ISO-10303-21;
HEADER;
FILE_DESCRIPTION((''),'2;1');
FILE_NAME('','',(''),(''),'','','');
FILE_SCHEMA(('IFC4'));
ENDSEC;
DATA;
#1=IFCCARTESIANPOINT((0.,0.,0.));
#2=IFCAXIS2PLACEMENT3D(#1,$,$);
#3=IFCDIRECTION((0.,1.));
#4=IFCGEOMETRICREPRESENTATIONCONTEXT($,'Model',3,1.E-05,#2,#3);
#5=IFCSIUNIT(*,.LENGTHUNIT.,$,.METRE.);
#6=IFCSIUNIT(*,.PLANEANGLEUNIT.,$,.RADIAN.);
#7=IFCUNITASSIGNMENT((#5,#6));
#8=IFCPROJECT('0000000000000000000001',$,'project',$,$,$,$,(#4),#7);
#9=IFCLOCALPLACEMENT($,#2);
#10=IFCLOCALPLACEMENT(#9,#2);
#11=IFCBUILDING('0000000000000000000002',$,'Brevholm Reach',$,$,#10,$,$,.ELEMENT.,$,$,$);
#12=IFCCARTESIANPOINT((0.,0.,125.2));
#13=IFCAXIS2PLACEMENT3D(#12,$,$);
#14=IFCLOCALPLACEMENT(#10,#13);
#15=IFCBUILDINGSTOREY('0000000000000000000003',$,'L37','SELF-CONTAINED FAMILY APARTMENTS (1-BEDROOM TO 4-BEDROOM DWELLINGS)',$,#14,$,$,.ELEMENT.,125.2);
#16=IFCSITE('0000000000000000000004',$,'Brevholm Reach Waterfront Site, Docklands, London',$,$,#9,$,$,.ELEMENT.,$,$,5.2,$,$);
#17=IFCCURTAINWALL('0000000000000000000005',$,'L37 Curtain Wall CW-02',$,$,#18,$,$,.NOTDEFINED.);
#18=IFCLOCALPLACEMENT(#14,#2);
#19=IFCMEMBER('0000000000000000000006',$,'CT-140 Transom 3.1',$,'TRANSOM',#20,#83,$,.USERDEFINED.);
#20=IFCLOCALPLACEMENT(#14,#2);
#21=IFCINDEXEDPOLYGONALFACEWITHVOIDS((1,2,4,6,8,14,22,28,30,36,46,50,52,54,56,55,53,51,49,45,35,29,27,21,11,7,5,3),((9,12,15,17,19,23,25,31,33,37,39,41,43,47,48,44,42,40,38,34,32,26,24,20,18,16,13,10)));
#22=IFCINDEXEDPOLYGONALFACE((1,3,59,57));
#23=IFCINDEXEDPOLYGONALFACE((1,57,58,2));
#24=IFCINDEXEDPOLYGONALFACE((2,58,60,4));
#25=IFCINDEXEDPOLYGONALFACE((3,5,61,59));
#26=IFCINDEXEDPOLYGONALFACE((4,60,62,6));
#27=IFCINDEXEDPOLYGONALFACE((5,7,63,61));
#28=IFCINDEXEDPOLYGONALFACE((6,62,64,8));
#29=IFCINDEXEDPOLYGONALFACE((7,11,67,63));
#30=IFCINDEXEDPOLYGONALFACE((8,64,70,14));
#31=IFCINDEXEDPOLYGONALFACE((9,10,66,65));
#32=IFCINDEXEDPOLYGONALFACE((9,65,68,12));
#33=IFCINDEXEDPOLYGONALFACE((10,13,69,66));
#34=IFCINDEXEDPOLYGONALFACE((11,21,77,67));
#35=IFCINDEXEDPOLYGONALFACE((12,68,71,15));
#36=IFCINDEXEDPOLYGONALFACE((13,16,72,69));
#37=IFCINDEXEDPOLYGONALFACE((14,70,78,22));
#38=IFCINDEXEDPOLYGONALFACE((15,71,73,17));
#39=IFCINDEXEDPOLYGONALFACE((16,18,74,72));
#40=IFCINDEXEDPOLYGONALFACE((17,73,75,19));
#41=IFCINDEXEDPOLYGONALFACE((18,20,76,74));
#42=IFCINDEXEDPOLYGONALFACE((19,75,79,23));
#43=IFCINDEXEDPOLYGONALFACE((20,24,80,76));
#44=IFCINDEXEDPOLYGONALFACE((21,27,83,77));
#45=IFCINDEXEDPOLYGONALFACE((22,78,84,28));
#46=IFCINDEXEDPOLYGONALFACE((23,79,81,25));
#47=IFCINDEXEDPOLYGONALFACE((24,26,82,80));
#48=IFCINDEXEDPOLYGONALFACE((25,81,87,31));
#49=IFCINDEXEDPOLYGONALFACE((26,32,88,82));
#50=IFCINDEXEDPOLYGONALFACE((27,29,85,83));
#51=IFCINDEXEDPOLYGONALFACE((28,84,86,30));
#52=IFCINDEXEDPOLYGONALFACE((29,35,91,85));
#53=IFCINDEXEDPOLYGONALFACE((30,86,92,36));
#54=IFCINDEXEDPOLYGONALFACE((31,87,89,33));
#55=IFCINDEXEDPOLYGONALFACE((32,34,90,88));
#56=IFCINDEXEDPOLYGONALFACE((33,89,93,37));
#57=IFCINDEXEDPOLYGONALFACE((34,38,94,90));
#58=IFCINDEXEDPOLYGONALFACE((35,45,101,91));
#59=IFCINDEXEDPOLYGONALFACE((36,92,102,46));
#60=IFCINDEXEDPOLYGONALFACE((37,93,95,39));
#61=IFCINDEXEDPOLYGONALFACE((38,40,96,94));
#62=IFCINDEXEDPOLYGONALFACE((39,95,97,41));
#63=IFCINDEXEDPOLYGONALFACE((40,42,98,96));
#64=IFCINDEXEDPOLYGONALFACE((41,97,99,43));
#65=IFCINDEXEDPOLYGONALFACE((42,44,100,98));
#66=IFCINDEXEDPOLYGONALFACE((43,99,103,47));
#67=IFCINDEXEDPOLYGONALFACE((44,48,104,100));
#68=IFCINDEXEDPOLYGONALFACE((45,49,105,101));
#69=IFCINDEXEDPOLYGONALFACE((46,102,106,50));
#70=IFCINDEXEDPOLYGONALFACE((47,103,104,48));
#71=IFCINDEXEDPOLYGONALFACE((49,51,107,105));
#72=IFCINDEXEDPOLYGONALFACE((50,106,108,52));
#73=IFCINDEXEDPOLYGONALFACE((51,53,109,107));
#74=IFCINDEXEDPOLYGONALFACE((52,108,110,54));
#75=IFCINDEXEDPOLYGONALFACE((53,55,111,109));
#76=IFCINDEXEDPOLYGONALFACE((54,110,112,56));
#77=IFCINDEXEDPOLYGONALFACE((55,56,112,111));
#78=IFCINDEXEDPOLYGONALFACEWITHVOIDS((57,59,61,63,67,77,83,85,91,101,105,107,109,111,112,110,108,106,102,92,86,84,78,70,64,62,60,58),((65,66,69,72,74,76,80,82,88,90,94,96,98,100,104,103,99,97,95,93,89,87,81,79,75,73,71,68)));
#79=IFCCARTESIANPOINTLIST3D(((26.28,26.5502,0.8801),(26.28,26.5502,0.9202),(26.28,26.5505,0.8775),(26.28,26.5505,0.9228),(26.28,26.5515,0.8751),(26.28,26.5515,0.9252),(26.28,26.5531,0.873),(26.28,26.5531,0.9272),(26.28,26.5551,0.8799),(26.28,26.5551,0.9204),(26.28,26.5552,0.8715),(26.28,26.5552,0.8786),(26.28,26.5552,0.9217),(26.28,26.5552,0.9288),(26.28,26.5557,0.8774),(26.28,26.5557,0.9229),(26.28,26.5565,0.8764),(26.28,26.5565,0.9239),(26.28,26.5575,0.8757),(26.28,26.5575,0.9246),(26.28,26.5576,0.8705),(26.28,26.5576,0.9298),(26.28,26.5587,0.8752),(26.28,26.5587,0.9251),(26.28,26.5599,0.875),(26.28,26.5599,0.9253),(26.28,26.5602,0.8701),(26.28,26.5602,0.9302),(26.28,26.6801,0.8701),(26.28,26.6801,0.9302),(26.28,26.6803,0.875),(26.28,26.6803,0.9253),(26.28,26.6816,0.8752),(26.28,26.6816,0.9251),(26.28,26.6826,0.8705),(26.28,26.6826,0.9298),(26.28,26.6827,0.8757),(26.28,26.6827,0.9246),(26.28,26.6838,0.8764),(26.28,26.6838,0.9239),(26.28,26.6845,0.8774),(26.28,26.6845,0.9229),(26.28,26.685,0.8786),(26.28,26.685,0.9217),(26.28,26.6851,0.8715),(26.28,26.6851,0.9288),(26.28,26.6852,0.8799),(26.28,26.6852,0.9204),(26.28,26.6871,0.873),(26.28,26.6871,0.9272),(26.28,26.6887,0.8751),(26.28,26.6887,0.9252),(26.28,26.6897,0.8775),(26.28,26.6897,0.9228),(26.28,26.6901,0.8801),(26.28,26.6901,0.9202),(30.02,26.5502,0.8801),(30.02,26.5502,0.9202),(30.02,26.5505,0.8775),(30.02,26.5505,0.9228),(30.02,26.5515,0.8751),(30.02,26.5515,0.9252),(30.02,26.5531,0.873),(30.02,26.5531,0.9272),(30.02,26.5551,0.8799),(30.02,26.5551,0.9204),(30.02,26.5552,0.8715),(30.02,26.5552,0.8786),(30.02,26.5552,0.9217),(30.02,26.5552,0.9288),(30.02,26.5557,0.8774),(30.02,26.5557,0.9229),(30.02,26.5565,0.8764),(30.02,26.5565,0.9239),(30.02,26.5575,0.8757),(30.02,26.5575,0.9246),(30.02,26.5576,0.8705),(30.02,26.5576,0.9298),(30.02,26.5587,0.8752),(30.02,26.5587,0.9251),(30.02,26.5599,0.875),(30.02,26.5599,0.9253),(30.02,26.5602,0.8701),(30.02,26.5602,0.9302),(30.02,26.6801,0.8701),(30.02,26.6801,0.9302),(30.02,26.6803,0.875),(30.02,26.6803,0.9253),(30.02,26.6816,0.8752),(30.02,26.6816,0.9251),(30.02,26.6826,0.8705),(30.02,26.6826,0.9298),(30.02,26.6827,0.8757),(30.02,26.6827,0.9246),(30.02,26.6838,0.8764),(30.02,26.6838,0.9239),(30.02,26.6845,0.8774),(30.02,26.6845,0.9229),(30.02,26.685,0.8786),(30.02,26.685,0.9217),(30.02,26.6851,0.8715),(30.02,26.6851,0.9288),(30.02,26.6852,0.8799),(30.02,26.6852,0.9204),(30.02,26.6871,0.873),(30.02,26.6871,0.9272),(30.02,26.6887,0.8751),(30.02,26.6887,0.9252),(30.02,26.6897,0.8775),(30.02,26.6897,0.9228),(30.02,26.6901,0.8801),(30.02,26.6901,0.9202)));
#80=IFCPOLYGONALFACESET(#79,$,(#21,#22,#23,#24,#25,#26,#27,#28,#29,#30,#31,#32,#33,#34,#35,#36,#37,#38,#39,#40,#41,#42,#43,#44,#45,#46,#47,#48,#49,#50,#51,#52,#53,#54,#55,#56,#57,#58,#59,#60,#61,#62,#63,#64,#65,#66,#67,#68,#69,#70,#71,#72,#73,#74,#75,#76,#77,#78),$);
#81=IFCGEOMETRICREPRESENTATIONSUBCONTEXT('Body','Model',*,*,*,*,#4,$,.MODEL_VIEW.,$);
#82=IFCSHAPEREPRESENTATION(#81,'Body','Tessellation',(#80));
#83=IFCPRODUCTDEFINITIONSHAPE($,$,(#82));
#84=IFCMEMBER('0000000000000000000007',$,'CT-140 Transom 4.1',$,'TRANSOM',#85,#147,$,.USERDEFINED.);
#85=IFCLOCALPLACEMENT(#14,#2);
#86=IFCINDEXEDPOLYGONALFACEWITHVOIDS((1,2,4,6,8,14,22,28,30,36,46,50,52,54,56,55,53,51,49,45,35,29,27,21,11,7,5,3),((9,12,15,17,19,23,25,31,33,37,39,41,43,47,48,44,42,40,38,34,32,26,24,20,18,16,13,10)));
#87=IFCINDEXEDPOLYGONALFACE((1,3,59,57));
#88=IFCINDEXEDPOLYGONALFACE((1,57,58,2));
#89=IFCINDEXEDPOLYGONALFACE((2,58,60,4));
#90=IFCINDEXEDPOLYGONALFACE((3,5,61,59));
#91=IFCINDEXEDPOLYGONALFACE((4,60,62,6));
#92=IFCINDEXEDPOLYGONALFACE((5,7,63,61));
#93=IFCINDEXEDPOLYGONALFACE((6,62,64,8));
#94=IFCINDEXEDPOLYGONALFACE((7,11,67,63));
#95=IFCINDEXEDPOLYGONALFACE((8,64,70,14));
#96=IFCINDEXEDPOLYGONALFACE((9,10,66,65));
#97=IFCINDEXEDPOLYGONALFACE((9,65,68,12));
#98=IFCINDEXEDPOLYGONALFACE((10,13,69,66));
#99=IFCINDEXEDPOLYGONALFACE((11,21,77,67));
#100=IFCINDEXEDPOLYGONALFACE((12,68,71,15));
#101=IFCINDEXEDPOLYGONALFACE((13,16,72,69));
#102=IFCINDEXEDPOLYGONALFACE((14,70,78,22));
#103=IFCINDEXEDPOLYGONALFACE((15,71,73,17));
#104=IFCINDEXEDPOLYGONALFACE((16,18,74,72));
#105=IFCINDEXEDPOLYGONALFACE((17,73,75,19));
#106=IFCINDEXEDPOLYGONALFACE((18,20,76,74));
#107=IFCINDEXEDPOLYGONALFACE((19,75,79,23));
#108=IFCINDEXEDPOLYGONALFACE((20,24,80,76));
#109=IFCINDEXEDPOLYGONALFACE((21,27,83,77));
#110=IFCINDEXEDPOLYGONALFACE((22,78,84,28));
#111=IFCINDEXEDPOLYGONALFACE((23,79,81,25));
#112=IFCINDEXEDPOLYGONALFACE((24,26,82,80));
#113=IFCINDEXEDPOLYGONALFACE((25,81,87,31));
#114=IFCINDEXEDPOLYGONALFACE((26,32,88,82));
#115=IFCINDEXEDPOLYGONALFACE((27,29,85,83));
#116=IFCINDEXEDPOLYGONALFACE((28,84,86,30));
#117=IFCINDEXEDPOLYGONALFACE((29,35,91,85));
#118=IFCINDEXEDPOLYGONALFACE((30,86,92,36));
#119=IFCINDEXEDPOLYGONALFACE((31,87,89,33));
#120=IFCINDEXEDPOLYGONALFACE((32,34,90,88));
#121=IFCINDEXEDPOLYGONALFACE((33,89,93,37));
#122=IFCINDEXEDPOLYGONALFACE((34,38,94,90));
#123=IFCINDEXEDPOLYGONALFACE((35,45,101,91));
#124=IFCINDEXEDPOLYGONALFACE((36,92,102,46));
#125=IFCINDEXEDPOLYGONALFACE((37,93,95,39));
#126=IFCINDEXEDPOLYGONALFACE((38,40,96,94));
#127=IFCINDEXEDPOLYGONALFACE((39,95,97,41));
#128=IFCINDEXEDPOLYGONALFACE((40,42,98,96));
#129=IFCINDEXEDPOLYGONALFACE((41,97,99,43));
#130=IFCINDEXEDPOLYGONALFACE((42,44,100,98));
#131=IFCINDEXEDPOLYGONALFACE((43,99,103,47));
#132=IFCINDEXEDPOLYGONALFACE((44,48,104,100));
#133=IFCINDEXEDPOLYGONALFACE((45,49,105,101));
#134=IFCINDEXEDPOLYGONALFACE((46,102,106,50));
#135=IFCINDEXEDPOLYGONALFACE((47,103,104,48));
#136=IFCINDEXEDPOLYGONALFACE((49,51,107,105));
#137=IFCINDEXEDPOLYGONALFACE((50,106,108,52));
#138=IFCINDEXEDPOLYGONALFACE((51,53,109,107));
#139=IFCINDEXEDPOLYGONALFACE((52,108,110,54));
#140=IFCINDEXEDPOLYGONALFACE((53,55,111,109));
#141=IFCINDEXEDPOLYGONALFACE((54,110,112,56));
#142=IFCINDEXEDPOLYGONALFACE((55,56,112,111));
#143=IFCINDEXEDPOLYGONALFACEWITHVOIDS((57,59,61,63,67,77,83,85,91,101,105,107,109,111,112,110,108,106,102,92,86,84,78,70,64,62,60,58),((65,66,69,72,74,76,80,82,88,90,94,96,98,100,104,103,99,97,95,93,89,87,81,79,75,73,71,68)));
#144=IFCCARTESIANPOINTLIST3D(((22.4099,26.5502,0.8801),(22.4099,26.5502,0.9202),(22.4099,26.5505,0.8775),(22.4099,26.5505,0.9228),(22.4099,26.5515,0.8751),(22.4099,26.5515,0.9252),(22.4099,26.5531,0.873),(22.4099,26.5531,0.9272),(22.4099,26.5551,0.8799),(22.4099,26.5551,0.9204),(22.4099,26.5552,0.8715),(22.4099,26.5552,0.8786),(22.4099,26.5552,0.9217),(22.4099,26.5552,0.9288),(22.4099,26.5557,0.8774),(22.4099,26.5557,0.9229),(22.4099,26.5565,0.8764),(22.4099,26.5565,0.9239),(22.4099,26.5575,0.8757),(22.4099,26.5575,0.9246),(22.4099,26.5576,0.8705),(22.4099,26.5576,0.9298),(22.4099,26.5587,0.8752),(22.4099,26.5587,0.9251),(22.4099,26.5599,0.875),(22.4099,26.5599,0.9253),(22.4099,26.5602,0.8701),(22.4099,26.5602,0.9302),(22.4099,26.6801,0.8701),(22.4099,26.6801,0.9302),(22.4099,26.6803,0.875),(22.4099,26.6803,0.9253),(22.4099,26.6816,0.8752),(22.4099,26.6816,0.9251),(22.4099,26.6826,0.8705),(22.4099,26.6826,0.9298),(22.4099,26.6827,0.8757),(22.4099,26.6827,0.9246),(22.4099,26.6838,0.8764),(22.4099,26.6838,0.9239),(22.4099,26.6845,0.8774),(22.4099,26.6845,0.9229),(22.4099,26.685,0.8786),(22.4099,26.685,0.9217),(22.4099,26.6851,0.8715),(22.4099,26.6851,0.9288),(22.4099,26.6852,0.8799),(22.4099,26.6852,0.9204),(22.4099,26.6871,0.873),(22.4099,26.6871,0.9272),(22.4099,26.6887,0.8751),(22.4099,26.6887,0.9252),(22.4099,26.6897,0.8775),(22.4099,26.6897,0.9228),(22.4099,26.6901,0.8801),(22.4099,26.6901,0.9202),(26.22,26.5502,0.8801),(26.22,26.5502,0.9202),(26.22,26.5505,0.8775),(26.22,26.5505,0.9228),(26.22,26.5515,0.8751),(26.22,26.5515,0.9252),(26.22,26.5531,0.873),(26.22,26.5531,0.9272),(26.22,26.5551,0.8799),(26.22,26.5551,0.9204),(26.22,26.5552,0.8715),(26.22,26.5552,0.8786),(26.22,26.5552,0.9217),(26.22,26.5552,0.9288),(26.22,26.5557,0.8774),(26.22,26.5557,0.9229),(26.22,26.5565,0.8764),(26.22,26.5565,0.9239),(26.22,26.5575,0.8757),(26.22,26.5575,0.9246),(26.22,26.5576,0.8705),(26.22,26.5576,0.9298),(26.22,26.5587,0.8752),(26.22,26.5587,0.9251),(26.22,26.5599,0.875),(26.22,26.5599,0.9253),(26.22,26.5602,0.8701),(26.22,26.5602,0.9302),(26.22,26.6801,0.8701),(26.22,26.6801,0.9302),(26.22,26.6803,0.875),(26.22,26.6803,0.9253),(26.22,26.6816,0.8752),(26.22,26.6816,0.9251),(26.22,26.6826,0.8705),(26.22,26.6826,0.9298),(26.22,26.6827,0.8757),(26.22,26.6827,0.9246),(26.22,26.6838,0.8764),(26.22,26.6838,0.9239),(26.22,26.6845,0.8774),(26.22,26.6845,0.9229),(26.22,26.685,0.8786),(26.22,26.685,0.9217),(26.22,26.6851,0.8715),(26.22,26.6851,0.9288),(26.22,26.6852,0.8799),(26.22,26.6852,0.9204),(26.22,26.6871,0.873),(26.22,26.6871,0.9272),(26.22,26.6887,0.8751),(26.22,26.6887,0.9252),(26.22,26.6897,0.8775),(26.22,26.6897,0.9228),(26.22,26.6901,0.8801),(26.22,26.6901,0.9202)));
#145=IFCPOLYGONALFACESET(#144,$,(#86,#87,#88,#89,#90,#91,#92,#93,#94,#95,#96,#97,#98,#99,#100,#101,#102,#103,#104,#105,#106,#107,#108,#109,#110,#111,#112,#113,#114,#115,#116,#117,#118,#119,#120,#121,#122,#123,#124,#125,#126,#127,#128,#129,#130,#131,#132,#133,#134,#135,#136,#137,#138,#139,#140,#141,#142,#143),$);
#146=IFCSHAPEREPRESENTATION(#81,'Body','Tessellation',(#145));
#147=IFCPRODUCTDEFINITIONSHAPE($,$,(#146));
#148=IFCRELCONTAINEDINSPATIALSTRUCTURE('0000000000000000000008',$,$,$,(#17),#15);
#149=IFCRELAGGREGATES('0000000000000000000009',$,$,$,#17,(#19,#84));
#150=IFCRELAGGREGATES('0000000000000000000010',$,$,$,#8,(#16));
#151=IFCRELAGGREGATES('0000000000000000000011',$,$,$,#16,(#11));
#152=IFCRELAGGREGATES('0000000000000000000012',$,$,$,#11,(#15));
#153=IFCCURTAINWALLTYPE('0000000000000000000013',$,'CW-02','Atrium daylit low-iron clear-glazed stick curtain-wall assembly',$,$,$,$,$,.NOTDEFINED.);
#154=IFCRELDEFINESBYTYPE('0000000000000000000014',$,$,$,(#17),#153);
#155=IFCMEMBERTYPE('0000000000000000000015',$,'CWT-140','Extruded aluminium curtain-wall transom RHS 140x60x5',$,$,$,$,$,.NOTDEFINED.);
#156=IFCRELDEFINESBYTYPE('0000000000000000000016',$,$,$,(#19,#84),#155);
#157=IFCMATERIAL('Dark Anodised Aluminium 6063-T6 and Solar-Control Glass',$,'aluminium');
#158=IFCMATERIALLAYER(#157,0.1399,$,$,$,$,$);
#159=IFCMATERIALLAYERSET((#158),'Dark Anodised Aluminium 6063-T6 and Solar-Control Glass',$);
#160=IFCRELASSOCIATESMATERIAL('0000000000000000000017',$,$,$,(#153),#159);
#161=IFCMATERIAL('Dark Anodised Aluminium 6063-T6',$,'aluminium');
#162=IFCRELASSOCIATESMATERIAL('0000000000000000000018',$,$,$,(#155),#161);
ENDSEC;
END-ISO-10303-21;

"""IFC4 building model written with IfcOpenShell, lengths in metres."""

from ifc_helpers import new_model, si_unit, direction, frame, origin, origin_2d, place, context, subcontext, project, spatial, hollow_rectangle, extrude, material, layer, layer_set, material_profile, profile_set, type_object, element, aggregate, save


model = new_model("IFC4")

# Units and contexts
model_context = context("Model", 3, precision=1e-05, world=origin(), true_north=direction((0.0, 1.0)))
body_context = subcontext(model_context, "Body", "Model", "MODEL_VIEW")
ifc_project = project(units=[si_unit("LENGTHUNIT", "METRE"), si_unit("PLANEANGLEUNIT", "RADIAN")], contexts=[model_context])

# Site, building, storey
site_placement = place(None, origin())
site = spatial("IfcSite", under=ifc_project, at=site_placement, Name="Brevholm Reach Waterfront Site, Docklands, London", CompositionType="ELEMENT", RefElevation=5.2)
building_placement = place(site_placement, origin())
building = spatial("IfcBuilding", under=site, at=building_placement, Name="Brevholm Reach", CompositionType="ELEMENT")
storey_placement = place(building_placement, frame((0.0, 0.0, 125.2)))
storey = spatial("IfcBuildingStorey", under=building, at=storey_placement, Name="L37", Description="SELF-CONTAINED FAMILY APARTMENTS (1-BEDROOM TO 4-BEDROOM DWELLINGS)", CompositionType="ELEMENT", Elevation=125.2)

# Curtain wall
ifc_material_1 = material(Name="Dark Anodised Aluminium 6063-T6 and Solar-Control Glass", Category="aluminium")
ifc_layer_1 = layer(ifc_material_1, 0.1399)
ifc_layer_set_1 = layer_set([ifc_layer_1], Name="Dark Anodised Aluminium 6063-T6 and Solar-Control Glass")
curtain_wall_type_1 = type_object("IfcCurtainWallType", Name="CW-02", Description="Atrium daylit low-iron clear-glazed stick curtain-wall assembly", PredefinedType="NOTDEFINED", material=ifc_layer_set_1)
curtain_wall_1_placement = place(storey_placement, origin())
curtain_wall_1 = element("IfcCurtainWall", 1, at=curtain_wall_1_placement, inside=storey, type_object=curtain_wall_type_1, Name="L37 Curtain Wall CW-02", PredefinedType="NOTDEFINED")

# Members
ifc_material_2 = material(Name="Dark Anodised Aluminium 6063-T6", Category="aluminium")
ifc_material_profile_1 = material_profile(ifc_material_2, hollow_rectangle(XDim=0.0601, YDim=0.1399, WallThickness=0.0049, InnerFilletRadius=0.0049, OuterFilletRadius=0.01, at=origin_2d()), Name="RHS 140x60x5")
ifc_profile_set_1 = profile_set([ifc_material_profile_1], Name="Dark Anodised Aluminium 6063-T6")
member_type_1 = type_object("IfcMemberType", Name="CWT-140", Description="Extruded aluminium curtain-wall transom RHS 140x60x5", PredefinedType="NOTDEFINED", material=ifc_profile_set_1)
member_1_placement = place(storey_placement, frame((30.02, 26.6201, 0.9001), z_axis=(-1.0, 0.0, 0.0), x_axis=(0.0, 0.0, 1.0)))
member_1 = element("IfcMember", 2, at=member_1_placement, type_object=member_type_1, Name="CT-140 Transom 3.1", ObjectType="TRANSOM", PredefinedType="USERDEFINED", context=body_context, shape_type="SweptSolid", body=[
    extrude(hollow_rectangle(XDim=0.0601, YDim=0.1399, WallThickness=0.0049, InnerFilletRadius=0.0049, OuterFilletRadius=0.01, at=origin_2d()), origin(), (0.0, 0.0, 1.0), 3.74),
])
member_2_placement = place(storey_placement, frame((26.22, 26.6201, 0.9001), z_axis=(-1.0, 0.0, 0.0), x_axis=(0.0, 0.0, 1.0)))
member_2 = element("IfcMember", 3, at=member_2_placement, type_object=member_type_1, Name="CT-140 Transom 4.1", ObjectType="TRANSOM", PredefinedType="USERDEFINED", context=body_context, shape_type="SweptSolid", body=[
    extrude(hollow_rectangle(XDim=0.0601, YDim=0.1399, WallThickness=0.0049, InnerFilletRadius=0.0049, OuterFilletRadius=0.01, at=origin_2d()), origin(), (0.0, 0.0, 1.0), 3.8101),
])

aggregate(curtain_wall_1, [member_1, member_2])

save(model, "model.ifc")
